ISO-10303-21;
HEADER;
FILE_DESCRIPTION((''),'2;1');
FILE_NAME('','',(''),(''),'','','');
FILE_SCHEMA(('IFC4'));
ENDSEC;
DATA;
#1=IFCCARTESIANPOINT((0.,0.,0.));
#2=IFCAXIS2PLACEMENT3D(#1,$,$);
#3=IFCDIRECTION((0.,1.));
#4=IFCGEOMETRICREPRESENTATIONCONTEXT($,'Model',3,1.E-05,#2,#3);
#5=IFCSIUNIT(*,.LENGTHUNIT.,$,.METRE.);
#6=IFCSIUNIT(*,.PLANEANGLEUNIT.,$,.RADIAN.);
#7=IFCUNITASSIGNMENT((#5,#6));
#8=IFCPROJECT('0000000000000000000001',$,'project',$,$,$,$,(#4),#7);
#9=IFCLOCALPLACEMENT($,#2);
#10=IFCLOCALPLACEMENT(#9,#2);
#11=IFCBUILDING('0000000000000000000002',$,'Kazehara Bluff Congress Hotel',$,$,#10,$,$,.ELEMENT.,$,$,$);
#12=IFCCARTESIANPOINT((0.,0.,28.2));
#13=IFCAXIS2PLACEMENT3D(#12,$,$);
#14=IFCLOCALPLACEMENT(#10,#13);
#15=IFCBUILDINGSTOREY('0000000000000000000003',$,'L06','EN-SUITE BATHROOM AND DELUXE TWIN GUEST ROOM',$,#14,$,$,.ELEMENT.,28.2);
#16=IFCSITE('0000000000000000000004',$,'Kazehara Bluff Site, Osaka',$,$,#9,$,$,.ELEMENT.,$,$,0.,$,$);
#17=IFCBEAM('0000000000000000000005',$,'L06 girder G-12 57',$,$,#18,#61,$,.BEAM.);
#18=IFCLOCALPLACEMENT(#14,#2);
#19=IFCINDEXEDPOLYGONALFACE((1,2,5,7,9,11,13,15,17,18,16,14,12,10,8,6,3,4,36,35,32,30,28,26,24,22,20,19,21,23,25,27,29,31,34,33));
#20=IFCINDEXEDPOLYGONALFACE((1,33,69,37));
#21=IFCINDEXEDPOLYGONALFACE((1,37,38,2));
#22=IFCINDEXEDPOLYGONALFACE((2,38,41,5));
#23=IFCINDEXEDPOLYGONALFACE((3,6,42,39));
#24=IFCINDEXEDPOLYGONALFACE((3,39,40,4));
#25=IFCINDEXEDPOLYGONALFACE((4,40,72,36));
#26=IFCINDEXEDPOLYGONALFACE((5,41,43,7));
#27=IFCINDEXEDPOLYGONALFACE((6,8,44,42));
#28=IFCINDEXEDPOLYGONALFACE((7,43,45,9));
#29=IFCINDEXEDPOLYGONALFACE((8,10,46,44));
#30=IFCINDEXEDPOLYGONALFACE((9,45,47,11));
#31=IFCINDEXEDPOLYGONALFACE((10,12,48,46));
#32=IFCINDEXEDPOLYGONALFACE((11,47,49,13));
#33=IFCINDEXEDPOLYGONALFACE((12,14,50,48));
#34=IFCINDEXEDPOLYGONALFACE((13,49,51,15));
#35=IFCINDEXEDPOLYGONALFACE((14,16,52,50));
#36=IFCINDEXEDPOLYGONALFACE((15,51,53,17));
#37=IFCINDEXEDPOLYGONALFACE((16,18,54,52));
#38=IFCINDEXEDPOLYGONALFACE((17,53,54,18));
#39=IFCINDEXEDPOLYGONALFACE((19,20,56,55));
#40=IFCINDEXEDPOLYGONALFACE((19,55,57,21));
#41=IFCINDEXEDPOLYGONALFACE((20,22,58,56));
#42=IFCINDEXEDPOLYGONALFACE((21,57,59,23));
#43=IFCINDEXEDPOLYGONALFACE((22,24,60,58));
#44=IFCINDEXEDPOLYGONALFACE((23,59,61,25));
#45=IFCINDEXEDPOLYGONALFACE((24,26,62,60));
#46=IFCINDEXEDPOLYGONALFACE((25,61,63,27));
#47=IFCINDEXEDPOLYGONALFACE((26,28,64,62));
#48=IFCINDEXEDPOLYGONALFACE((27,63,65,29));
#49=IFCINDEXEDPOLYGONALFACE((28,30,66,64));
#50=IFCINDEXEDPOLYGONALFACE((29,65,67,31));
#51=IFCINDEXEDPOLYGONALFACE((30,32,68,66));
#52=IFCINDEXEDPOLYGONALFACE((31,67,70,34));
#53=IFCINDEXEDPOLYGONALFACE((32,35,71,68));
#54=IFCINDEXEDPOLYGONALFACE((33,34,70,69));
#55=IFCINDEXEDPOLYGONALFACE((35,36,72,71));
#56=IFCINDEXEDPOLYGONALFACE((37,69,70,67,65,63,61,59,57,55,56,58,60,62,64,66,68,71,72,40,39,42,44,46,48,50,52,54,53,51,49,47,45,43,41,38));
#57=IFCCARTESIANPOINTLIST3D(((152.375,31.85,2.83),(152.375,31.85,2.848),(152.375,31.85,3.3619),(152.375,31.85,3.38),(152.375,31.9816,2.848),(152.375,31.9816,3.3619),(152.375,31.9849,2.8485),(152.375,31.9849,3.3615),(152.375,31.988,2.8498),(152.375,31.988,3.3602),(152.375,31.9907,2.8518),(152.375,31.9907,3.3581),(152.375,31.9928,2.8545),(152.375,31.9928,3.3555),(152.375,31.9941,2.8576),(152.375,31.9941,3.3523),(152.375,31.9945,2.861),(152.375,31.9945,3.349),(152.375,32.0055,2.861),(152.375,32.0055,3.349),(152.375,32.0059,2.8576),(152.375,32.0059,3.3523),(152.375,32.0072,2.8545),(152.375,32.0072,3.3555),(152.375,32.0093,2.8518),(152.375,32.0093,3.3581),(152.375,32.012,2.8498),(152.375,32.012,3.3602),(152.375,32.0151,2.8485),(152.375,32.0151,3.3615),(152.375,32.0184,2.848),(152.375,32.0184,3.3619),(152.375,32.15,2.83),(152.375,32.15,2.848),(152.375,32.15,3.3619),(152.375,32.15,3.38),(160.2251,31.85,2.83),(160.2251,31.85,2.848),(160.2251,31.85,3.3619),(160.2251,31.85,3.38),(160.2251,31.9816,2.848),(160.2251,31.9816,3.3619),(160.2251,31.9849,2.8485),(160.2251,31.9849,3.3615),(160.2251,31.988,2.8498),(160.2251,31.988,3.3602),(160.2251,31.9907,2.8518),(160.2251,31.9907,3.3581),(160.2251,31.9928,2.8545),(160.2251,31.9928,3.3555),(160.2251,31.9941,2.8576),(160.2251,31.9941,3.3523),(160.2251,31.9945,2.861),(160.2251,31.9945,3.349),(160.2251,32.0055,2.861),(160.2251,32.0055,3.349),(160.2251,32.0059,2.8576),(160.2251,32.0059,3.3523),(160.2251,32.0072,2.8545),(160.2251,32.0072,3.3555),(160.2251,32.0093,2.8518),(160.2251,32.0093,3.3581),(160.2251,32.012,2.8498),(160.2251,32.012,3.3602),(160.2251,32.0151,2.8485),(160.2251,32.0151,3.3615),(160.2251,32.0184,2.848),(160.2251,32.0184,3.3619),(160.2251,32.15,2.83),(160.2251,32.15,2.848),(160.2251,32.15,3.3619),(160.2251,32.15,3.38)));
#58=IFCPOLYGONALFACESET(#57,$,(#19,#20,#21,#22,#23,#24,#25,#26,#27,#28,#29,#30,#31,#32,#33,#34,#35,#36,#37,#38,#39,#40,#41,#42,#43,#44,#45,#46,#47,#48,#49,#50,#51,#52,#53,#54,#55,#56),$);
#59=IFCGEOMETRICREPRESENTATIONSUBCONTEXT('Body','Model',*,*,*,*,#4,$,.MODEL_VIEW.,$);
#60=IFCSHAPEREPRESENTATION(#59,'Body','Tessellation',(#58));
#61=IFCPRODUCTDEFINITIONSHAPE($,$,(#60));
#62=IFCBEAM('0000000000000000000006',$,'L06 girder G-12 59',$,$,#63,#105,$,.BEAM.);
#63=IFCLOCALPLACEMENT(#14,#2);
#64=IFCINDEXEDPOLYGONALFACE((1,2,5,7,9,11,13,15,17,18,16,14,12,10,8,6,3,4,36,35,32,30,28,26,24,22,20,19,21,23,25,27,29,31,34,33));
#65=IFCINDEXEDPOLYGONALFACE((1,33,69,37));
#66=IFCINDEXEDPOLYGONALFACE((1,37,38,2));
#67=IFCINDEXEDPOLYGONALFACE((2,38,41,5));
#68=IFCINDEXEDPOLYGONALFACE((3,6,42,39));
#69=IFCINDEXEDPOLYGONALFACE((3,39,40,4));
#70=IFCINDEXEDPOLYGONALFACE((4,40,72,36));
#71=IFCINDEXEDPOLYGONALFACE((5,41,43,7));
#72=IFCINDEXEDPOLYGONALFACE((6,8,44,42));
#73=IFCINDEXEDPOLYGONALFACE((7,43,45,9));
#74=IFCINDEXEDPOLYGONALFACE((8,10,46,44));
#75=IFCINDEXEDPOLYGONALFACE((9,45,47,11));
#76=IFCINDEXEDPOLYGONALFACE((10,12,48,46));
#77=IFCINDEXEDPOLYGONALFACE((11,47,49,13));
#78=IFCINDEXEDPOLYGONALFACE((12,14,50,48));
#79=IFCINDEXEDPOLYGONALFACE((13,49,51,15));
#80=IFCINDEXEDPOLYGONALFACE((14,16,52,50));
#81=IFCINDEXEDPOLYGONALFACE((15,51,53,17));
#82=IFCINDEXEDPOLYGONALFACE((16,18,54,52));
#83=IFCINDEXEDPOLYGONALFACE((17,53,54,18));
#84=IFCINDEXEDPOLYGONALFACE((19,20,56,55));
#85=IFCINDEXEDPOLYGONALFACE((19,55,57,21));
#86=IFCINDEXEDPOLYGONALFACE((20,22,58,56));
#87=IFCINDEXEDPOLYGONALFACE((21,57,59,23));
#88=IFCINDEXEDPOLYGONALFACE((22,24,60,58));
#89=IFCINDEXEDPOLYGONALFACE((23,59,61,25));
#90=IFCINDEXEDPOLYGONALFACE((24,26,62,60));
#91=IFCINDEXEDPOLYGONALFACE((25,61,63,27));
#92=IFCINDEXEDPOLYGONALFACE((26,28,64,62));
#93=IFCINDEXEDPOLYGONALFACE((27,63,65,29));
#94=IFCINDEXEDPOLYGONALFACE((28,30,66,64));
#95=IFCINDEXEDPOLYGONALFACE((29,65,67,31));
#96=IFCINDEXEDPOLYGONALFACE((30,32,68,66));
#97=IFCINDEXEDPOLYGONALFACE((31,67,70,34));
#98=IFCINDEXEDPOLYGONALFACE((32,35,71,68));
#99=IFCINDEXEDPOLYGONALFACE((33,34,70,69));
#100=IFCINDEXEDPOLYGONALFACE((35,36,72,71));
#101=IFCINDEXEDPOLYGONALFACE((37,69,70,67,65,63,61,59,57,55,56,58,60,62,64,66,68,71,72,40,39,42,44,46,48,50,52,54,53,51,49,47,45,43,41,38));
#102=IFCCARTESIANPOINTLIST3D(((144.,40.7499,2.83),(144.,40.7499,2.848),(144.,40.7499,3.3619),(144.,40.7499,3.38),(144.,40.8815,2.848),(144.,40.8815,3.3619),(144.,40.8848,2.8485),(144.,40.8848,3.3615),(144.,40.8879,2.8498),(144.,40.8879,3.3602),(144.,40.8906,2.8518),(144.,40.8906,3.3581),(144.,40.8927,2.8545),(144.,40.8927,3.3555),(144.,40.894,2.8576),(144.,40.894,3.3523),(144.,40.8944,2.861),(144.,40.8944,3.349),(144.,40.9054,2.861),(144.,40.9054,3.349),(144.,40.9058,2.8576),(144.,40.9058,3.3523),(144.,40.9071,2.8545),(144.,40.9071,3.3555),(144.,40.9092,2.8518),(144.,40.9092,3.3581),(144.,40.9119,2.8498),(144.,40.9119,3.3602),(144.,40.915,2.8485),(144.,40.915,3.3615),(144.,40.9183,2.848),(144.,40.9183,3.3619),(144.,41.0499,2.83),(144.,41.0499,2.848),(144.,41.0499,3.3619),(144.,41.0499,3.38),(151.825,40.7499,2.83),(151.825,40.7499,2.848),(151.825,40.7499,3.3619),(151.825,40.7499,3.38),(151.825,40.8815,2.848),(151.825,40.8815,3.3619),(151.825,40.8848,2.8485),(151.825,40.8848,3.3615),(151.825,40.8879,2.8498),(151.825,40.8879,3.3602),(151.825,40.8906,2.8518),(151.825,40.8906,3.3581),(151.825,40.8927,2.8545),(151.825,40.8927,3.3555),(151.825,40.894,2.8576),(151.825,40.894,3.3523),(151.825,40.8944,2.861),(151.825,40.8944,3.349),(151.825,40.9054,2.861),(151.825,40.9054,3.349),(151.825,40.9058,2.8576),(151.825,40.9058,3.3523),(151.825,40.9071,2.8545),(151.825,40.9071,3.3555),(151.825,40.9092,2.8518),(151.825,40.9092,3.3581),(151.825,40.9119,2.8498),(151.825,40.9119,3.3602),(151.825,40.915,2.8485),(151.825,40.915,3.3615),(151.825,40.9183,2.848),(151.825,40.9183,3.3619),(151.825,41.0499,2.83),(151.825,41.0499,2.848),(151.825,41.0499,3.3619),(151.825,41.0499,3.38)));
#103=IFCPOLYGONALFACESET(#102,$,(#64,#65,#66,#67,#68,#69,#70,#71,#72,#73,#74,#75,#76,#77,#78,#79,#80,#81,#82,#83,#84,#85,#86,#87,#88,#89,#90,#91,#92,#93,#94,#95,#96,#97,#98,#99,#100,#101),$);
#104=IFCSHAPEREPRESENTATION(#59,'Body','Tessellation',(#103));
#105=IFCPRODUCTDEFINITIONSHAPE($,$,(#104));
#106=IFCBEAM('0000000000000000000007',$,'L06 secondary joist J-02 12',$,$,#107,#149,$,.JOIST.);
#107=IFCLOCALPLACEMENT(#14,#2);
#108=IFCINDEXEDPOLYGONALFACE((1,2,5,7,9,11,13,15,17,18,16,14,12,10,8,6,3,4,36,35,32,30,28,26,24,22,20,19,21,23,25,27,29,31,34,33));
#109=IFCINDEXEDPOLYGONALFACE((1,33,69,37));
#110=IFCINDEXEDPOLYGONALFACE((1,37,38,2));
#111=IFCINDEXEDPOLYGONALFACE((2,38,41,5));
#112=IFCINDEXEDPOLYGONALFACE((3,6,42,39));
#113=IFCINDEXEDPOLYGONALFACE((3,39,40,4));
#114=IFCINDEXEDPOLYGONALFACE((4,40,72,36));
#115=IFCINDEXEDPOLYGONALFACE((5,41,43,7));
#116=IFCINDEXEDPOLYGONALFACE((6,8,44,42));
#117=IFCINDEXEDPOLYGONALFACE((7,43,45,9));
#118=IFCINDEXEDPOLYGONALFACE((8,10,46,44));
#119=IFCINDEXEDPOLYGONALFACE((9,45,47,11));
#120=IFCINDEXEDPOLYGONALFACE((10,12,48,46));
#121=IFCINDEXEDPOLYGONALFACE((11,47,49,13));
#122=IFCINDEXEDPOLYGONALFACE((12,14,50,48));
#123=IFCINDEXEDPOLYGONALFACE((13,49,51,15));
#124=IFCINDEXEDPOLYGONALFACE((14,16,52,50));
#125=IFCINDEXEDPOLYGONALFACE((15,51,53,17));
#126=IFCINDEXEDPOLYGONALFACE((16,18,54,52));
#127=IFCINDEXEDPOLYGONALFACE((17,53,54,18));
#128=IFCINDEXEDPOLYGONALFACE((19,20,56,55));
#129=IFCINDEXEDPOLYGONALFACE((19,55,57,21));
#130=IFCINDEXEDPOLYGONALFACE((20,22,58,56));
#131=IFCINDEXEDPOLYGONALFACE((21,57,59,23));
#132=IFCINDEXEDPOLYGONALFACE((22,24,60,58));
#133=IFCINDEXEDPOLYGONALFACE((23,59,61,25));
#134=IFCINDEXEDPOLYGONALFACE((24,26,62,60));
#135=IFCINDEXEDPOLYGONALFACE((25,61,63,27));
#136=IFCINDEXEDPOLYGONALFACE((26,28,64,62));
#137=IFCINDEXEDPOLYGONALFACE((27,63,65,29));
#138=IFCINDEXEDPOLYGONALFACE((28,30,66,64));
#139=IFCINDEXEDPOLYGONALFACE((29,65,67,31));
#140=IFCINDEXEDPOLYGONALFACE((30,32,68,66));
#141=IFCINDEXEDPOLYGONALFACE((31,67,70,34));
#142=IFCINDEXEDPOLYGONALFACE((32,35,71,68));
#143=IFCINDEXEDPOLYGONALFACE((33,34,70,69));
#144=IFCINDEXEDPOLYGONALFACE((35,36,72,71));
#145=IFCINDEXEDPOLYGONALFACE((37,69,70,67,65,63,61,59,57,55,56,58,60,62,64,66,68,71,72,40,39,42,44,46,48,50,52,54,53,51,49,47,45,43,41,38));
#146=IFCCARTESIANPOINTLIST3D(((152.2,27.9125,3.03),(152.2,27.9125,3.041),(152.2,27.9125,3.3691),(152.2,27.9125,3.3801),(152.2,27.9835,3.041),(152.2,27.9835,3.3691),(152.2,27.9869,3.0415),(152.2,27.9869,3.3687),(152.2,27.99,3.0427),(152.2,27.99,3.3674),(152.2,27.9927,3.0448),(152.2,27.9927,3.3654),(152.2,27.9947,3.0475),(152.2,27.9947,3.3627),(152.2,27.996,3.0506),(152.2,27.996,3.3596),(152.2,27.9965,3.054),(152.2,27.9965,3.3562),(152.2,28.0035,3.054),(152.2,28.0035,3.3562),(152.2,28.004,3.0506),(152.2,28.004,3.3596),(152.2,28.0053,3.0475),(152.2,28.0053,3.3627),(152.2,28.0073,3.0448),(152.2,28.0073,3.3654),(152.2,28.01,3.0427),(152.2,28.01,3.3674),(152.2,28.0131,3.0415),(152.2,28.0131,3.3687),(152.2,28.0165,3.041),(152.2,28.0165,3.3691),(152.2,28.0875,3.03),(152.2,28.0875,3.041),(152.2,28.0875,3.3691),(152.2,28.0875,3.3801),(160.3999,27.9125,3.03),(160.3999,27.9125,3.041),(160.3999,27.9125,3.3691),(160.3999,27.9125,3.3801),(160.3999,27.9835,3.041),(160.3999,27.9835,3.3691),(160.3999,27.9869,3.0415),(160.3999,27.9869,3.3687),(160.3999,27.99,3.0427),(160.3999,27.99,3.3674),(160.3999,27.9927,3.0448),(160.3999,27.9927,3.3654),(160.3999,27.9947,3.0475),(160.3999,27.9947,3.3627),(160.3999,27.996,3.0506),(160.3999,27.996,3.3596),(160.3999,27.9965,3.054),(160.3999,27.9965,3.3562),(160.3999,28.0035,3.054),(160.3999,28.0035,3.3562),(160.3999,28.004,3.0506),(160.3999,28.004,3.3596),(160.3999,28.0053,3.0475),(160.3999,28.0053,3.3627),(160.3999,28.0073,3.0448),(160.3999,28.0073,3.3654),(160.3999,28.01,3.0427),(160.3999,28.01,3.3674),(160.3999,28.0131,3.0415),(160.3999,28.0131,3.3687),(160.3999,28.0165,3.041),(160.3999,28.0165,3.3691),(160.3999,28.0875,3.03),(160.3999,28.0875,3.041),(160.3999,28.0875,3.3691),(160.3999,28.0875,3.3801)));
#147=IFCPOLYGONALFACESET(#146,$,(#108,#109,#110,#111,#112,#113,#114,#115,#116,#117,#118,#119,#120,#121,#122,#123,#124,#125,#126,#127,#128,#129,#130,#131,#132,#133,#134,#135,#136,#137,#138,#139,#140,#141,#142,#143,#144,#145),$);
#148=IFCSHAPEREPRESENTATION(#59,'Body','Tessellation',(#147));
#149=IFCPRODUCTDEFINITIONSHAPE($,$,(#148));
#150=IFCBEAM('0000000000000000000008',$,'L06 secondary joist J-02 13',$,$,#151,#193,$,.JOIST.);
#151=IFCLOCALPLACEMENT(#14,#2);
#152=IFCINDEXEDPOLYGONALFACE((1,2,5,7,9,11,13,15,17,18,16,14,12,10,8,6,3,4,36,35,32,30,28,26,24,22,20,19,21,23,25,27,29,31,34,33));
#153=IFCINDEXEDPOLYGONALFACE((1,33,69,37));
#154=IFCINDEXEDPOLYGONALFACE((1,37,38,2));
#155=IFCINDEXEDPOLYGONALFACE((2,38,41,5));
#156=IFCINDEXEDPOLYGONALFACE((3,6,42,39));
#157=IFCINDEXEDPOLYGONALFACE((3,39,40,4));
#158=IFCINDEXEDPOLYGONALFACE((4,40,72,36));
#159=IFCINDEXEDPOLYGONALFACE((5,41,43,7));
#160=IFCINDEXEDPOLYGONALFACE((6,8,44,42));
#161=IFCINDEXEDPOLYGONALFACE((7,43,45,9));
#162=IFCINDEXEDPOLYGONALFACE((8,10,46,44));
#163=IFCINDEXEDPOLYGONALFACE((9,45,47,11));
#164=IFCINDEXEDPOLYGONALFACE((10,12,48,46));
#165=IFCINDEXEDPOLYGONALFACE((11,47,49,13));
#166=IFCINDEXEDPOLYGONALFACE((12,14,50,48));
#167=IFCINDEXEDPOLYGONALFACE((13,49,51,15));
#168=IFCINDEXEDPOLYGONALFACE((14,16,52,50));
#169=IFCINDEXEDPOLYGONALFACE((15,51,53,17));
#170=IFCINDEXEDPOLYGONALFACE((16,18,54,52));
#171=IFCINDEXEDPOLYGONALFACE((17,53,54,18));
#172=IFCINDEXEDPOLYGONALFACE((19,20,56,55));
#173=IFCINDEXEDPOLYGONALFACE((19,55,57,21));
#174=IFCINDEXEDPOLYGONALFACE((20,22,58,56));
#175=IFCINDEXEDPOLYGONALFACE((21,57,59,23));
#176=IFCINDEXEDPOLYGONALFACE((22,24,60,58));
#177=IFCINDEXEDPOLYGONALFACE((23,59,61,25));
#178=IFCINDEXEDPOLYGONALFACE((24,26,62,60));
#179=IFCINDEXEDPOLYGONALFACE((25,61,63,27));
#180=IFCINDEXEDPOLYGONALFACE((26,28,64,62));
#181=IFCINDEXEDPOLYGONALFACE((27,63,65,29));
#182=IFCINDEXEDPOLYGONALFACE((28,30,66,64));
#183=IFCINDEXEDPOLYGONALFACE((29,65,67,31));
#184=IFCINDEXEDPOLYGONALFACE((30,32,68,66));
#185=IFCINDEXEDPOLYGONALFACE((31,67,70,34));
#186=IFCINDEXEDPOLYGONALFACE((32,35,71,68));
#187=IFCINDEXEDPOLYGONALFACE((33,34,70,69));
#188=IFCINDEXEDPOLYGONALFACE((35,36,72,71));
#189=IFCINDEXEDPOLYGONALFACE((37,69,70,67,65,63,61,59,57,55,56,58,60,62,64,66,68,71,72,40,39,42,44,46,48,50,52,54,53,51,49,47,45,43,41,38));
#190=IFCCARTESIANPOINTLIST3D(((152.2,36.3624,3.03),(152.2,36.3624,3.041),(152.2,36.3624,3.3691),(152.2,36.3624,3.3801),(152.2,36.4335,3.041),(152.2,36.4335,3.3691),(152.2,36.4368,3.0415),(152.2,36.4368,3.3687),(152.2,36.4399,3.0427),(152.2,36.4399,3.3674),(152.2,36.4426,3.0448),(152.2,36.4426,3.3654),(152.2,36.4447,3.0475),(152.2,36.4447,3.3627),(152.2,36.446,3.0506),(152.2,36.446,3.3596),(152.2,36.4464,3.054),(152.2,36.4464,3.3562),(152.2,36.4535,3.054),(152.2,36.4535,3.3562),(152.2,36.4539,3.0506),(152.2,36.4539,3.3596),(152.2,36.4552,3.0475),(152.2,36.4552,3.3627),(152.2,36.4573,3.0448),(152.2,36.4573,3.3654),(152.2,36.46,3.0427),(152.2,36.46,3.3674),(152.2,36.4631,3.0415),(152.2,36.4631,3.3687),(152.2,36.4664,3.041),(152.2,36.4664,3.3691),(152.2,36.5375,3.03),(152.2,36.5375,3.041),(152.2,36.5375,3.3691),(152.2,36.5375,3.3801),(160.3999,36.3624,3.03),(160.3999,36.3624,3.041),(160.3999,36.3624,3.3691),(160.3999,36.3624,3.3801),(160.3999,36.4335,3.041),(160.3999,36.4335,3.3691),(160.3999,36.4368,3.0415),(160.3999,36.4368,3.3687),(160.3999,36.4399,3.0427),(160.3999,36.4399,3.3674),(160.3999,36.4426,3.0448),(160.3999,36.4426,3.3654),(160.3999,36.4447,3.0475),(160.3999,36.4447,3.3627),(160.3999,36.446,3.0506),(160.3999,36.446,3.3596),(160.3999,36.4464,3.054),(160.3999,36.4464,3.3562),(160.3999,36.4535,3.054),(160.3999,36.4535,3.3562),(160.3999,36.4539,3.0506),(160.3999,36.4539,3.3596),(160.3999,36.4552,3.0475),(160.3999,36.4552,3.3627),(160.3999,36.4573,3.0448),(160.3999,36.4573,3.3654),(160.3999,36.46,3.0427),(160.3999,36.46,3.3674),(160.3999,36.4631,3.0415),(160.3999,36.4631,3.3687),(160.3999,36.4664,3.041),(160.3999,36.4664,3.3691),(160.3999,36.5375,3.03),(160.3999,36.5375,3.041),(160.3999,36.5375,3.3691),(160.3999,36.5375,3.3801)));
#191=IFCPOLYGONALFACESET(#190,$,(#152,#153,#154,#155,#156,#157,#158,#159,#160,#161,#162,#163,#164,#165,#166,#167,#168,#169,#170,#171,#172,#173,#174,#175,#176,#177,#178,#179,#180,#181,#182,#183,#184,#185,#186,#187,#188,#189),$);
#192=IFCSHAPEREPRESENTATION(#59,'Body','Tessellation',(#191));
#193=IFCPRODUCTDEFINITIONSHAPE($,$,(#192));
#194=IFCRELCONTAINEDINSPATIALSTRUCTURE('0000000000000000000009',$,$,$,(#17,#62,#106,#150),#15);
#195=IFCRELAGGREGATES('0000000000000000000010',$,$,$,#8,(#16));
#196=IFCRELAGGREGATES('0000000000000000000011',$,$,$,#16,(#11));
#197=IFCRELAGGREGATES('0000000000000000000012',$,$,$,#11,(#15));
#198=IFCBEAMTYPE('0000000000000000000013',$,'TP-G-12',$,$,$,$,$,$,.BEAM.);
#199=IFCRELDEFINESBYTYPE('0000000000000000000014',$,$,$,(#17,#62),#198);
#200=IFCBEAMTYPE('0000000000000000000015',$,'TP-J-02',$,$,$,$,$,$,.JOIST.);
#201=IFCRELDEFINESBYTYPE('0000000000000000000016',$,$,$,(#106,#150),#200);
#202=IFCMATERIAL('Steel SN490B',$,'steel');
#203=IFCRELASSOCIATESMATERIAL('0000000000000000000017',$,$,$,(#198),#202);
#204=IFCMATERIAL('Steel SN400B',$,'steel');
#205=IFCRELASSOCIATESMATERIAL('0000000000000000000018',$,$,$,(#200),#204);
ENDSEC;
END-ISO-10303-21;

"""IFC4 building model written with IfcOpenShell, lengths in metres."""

from ifc_helpers import new_model, si_unit, direction, frame, origin, origin_2d, place, context, subcontext, project, spatial, i_section, extrude, material, material_profile, profile_set, type_object, element, save


model = new_model("IFC4")

# Units and contexts
model_context = context("Model", 3, precision=1e-05, world=origin(), true_north=direction((0.0, 1.0)))
body_context = subcontext(model_context, "Body", "Model", "MODEL_VIEW")
ifc_project = project(units=[si_unit("LENGTHUNIT", "METRE"), si_unit("PLANEANGLEUNIT", "RADIAN")], contexts=[model_context])

# Site, building, storey
site_placement = place(None, origin())
site = spatial("IfcSite", under=ifc_project, at=site_placement, Name="Kazehara Bluff Site, Osaka", CompositionType="ELEMENT", RefElevation=0.0)
building_placement = place(site_placement, origin())
building = spatial("IfcBuilding", under=site, at=building_placement, Name="Kazehara Bluff Congress Hotel", CompositionType="ELEMENT")
storey_placement = place(building_placement, frame((0.0, 0.0, 28.2)))
storey = spatial("IfcBuildingStorey", under=building, at=storey_placement, Name="L06", Description="EN-SUITE BATHROOM AND DELUXE TWIN GUEST ROOM", CompositionType="ELEMENT", Elevation=28.2)

# Beams
ifc_material_1 = material(Name="Steel SN490B", Category="steel")
ifc_material_profile_1 = material_profile(ifc_material_1, i_section(OverallWidth=0.3, OverallDepth=0.55, WebThickness=0.011, FlangeThickness=0.0181, FilletRadius=0.0129, at=origin_2d()))
ifc_profile_set_1 = profile_set([ifc_material_profile_1], Name="Steel SN490B")
beam_type_1 = type_object("IfcBeamType", Name="TP-G-12", PredefinedType="BEAM", material=ifc_profile_set_1)
beam_1_placement = place(storey_placement, frame((152.375, 32.0, 3.105), z_axis=(1.0, 0.0, 0.0), x_axis=(0.0, 1.0, 0.0)))
element("IfcBeam", 1, at=beam_1_placement, inside=storey, type_object=beam_type_1, Name="L06 girder G-12 57", PredefinedType="BEAM", context=body_context, shape_type="SweptSolid", body=[
    extrude(i_section(OverallWidth=0.3, OverallDepth=0.55, WebThickness=0.011, FlangeThickness=0.0181, FilletRadius=0.0129, at=origin_2d()), origin(), (0.0, 0.0, 1.0), 7.8501),
])
beam_2_placement = place(storey_placement, frame((144.0, 40.8999, 3.105), z_axis=(1.0, 0.0, 0.0), x_axis=(0.0, 1.0, 0.0)))
element("IfcBeam", 2, at=beam_2_placement, inside=storey, type_object=beam_type_1, Name="L06 girder G-12 59", PredefinedType="BEAM", context=body_context, shape_type="SweptSolid", body=[
    extrude(i_section(OverallWidth=0.3, OverallDepth=0.55, WebThickness=0.011, FlangeThickness=0.0181, FilletRadius=0.0129, at=origin_2d()), origin(), (0.0, 0.0, 1.0), 7.825),
])
ifc_material_2 = material(Name="Steel SN400B", Category="steel")
ifc_material_profile_2 = material_profile(ifc_material_2, i_section(OverallWidth=0.175, OverallDepth=0.3501, WebThickness=0.0071, FlangeThickness=0.011, FilletRadius=0.0129, at=origin_2d()))
ifc_profile_set_2 = profile_set([ifc_material_profile_2], Name="Steel SN400B")
beam_type_2 = type_object("IfcBeamType", Name="TP-J-02", PredefinedType="JOIST", material=ifc_profile_set_2)
for number, where, z_axis, x_axis, name in (
    (3, (152.2, 28.0, 3.2051), (1.0, 0.0, 0.0), (0.0, 1.0, 0.0), "L06 secondary joist J-02 12"),
    (4, (152.2, 36.45, 3.2051), (1.0, 0.0, 0.0), (0.0, 1.0, 0.0), "L06 secondary joist J-02 13"),
):
    element("IfcBeam", number, at=place(storey_placement, frame(where, z_axis=z_axis, x_axis=x_axis)), inside=storey, type_object=beam_type_2, Name=name, PredefinedType="JOIST", context=body_context, shape_type="SweptSolid", body=[
        extrude(i_section(OverallWidth=0.175, OverallDepth=0.3501, WebThickness=0.0071, FlangeThickness=0.011, FilletRadius=0.0129, at=origin_2d()), origin(), (0.0, 0.0, 1.0), 8.2),
    ])

save(model, "model.ifc")
